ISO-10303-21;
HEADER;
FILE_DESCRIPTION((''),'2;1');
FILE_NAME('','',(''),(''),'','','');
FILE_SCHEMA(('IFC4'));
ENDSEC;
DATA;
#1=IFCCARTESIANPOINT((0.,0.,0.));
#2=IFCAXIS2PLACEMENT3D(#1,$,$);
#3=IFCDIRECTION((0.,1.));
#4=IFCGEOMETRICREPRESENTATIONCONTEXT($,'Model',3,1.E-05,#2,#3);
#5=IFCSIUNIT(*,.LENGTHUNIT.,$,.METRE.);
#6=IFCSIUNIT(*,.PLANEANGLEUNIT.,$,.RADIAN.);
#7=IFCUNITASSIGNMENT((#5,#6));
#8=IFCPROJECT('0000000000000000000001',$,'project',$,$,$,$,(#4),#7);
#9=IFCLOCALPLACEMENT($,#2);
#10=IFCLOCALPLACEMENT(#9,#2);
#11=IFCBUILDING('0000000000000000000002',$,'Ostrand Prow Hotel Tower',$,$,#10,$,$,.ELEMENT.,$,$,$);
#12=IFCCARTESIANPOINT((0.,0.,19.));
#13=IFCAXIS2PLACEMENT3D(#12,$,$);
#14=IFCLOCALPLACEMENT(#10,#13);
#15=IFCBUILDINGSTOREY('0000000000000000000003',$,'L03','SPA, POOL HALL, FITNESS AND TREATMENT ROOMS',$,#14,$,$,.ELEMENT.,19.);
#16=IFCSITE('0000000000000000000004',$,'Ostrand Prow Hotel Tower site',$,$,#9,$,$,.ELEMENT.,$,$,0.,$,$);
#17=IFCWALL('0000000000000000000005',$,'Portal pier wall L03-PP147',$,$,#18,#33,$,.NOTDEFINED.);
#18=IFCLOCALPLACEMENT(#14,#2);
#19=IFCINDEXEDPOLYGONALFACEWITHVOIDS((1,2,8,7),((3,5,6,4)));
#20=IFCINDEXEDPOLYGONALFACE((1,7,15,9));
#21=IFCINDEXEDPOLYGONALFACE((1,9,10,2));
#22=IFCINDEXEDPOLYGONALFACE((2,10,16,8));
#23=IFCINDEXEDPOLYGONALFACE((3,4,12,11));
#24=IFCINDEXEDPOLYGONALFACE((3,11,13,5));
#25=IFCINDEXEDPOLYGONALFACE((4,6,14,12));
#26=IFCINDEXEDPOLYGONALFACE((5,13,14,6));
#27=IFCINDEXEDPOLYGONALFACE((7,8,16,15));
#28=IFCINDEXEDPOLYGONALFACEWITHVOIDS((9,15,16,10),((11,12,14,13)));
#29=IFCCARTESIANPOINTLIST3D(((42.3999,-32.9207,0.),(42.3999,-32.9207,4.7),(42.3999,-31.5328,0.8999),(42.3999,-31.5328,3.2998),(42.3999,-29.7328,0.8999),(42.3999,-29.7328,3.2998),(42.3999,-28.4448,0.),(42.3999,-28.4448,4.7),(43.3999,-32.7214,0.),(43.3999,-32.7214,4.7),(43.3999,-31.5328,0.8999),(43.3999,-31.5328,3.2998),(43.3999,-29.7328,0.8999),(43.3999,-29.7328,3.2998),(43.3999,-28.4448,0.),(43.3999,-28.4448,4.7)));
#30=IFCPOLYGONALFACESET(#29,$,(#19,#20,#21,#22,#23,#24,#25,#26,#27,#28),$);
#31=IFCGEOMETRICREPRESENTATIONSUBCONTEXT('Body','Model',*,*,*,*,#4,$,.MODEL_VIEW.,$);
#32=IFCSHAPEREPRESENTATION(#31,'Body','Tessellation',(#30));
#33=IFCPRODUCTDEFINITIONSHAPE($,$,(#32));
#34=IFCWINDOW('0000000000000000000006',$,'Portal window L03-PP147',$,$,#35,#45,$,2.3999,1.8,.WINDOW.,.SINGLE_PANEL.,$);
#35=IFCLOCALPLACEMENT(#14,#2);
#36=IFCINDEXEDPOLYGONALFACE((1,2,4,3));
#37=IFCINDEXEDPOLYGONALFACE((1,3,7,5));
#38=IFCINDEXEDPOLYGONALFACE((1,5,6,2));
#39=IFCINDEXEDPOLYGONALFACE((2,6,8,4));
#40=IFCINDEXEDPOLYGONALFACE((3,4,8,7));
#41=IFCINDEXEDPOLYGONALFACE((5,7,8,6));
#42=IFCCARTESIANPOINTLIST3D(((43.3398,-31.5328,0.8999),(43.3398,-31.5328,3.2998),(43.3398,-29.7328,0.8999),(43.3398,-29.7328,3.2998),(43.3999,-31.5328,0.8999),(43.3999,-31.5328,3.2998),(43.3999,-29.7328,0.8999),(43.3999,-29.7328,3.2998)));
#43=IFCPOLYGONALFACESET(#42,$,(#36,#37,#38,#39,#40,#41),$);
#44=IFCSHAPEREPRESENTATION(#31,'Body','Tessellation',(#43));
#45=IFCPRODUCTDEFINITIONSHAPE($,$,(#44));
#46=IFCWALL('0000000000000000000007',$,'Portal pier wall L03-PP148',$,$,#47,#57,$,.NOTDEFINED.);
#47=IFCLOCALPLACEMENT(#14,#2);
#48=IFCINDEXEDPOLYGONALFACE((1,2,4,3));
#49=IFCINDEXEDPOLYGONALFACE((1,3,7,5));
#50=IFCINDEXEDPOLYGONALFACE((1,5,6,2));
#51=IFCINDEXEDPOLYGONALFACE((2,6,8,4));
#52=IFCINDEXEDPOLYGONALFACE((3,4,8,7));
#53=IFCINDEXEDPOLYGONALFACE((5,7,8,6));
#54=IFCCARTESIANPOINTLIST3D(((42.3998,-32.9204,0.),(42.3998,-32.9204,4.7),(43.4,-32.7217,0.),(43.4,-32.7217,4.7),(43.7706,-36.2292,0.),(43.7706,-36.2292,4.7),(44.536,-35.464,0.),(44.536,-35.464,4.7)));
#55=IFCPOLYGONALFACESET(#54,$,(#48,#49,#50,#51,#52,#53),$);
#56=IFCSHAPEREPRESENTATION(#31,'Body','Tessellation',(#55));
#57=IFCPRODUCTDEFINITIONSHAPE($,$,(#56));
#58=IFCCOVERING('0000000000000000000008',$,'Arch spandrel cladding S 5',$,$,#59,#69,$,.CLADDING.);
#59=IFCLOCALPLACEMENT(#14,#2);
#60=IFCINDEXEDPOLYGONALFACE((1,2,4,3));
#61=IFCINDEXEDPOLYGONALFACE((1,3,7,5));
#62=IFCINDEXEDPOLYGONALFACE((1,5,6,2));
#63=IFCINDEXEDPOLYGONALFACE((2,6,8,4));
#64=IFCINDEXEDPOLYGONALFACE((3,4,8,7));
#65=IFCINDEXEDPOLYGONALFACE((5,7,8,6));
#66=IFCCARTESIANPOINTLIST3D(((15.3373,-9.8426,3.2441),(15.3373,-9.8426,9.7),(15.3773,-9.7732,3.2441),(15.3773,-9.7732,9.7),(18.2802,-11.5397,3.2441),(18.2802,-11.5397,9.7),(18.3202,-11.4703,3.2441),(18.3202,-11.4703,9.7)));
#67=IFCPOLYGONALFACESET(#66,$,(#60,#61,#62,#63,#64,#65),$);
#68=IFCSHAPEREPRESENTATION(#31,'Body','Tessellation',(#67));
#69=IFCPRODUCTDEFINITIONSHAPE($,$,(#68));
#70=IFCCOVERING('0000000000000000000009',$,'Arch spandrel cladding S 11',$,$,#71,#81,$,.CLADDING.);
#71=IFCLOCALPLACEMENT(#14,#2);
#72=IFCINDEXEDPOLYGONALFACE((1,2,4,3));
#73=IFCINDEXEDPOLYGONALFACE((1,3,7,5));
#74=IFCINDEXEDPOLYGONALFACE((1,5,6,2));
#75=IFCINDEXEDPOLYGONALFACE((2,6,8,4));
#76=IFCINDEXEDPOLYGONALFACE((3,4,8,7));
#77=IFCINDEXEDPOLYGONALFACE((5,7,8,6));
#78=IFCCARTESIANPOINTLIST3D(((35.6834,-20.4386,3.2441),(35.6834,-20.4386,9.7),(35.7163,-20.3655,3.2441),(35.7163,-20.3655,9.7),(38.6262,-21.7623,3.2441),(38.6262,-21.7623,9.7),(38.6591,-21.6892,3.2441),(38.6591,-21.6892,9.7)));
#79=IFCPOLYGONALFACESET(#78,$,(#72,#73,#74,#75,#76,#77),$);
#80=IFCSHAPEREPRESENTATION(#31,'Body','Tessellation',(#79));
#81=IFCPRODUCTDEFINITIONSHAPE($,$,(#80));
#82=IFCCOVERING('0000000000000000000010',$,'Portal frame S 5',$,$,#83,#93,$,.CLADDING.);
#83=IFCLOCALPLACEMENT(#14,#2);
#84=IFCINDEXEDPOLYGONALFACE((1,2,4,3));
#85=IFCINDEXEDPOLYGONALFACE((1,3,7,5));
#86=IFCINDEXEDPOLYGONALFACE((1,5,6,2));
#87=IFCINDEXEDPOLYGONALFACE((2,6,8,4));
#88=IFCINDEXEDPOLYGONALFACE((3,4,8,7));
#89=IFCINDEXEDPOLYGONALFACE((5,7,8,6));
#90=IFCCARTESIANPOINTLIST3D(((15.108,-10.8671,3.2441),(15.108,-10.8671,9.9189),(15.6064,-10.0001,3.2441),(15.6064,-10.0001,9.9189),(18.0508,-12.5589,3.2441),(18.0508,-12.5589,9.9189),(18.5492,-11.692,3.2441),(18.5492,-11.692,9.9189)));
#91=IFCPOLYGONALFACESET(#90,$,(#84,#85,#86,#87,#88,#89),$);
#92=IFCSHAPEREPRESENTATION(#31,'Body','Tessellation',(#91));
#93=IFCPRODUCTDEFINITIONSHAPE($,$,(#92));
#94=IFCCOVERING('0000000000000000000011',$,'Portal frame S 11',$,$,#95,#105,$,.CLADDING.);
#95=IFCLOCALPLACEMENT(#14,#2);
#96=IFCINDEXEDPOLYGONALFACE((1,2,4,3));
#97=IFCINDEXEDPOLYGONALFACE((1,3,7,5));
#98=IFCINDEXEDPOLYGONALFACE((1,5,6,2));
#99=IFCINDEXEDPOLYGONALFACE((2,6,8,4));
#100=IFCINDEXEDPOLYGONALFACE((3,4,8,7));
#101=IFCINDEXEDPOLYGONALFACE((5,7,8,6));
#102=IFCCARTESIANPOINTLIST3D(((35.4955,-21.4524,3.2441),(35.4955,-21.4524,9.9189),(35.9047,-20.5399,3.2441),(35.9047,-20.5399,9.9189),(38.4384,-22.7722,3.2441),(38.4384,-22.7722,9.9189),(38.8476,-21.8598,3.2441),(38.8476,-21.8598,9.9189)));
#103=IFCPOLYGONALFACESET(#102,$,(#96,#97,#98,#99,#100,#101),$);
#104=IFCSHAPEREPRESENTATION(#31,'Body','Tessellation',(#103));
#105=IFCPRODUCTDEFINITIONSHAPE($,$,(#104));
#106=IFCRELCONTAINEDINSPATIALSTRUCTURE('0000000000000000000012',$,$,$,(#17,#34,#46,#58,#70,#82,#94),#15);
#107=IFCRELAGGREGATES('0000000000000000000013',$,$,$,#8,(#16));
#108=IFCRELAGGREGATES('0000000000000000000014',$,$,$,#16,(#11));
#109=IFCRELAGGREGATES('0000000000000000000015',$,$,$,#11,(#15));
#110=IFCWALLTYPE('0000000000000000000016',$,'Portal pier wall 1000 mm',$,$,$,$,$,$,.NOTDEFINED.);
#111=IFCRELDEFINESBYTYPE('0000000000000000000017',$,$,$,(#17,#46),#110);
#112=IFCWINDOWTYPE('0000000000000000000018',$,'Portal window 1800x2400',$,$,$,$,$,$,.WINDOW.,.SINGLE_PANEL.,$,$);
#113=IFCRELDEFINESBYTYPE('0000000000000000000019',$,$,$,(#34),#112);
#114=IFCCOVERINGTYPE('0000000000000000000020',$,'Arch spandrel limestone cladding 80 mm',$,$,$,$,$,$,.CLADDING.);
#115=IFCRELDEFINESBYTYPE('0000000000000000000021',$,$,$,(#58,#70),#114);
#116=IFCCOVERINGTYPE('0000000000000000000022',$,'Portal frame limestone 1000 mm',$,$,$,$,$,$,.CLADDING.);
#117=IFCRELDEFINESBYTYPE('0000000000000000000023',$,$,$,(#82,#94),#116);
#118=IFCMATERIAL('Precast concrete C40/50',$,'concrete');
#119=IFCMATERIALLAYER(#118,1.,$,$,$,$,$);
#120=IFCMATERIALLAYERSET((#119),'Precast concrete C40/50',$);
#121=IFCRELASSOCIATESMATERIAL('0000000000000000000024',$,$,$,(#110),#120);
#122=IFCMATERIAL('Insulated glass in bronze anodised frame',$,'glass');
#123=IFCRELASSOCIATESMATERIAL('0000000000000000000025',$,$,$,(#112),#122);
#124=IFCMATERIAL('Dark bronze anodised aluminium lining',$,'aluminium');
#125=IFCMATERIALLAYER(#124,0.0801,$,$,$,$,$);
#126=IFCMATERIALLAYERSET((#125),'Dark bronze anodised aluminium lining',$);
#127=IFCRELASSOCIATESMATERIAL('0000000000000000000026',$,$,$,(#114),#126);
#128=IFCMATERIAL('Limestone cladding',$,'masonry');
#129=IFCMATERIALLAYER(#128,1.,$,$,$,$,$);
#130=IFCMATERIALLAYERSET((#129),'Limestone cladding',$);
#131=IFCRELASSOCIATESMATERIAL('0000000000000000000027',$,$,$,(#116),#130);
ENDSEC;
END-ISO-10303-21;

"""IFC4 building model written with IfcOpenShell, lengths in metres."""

from ifc_helpers import new_model, si_unit, direction, frame, frame_2d, origin, place, context, subcontext, project, spatial, polyline, rectangle, outline, extrude, material, layer, layer_set, type_object, element, fill, save


model = new_model("IFC4")

# Units and contexts
model_context = context("Model", 3, precision=1e-05, world=origin(), true_north=direction((0.0, 1.0)))
body_context = subcontext(model_context, "Body", "Model", "MODEL_VIEW")
ifc_project = project(units=[si_unit("LENGTHUNIT", "METRE"), si_unit("PLANEANGLEUNIT", "RADIAN")], contexts=[model_context])

# Site, building, storey
site_placement = place(None, origin())
site = spatial("IfcSite", under=ifc_project, at=site_placement, Name="Ostrand Prow Hotel Tower site", CompositionType="ELEMENT", RefElevation=0.0)
building_placement = place(site_placement, origin())
building = spatial("IfcBuilding", under=site, at=building_placement, Name="Ostrand Prow Hotel Tower", CompositionType="ELEMENT")
storey_placement = place(building_placement, frame((0.0, 0.0, 19.0)))
storey = spatial("IfcBuildingStorey", under=building, at=storey_placement, Name="L03", Description="SPA, POOL HALL, FITNESS AND TREATMENT ROOMS", CompositionType="ELEMENT", Elevation=19.0)

# Shared definitions
ifc_material_1 = material(Name="Precast concrete C40/50", Category="concrete")
ifc_layer_1 = layer(ifc_material_1, 1.0)
ifc_layer_set_1 = layer_set([ifc_layer_1], Name="Precast concrete C40/50")
wall_type = type_object("IfcWallType", Name="Portal pier wall 1000 mm", PredefinedType="NOTDEFINED", material=ifc_layer_set_1)
ifc_material_2 = material(Name="Insulated glass in bronze anodised frame", Category="glass")
window_type = type_object("IfcWindowType", Name="Portal window 1800x2400", PartitioningType="SINGLE_PANEL", PredefinedType="WINDOW", material=ifc_material_2)

# Wall, opening, window
wall_1_placement = place(storey_placement, frame((42.8999, -28.4448, 0.0), z_axis=(0.0, 0.0, 1.0), x_axis=(0.0, -1.0, 0.0)))
wall_1 = element("IfcWall", 1, at=wall_1_placement, inside=storey, type_object=wall_type, Name="Portal pier wall L03-PP147", PredefinedType="NOTDEFINED", context=body_context, shape_type="SweptSolid", body=[
    extrude(outline(polyline([(0.0, -0.5), (4.4758, -0.5), (4.2766, 0.5), (0.0, 0.5), (0.0, -0.5)])), origin(), (0.0, 0.0, 1.0), 4.7),
])
opening_1_placement = place(wall_1_placement, frame((1.2881, 0.0, 0.8999)))
opening_1 = element("IfcOpeningElement", 2, at=opening_1_placement, cuts=wall_1, PredefinedType="OPENING", context=body_context, shape_type="SweptSolid", body=[
    extrude(rectangle(XDim=1.8, YDim=2.3999, at=frame_2d((0.8999, 1.2))), frame((0.0, 0.51, 0.0), z_axis=(0.0, -1.0, 0.0), x_axis=(1.0, 0.0, 0.0)), (0.0, 0.0, 1.0), 1.02),
])
window_1_placement = place(opening_1_placement, origin())
window_1 = element("IfcWindow", 3, at=window_1_placement, inside=storey, type_object=window_type, Name="Portal window L03-PP147", OverallHeight=2.3999, OverallWidth=1.8, PartitioningType="SINGLE_PANEL", PredefinedType="WINDOW", context=body_context, shape_type="SweptSolid", body=[
    extrude(rectangle(XDim=1.8, YDim=2.3999, at=frame_2d((0.8999, 1.2))), frame((0.0, 0.5, 0.0), z_axis=(0.0, -1.0, 0.0), x_axis=(1.0, 0.0, 0.0)), (0.0, 0.0, 1.0), 0.0601),
])
fill(opening_1, window_1)

# Wall
wall_2_placement = place(storey_placement, frame((42.8999, -32.821, 0.0), z_axis=(0.0, 0.0, 1.0), x_axis=(0.382725, -0.923862, 0.0)))
element("IfcWall", 4, at=wall_2_placement, inside=storey, type_object=wall_type, Name="Portal pier wall L03-PP148", PredefinedType="NOTDEFINED", context=body_context, shape_type="SweptSolid", body=[
    extrude(outline(polyline([(-0.0996, -0.5), (3.4819, -0.5), (3.0679, 0.5), (0.0996, 0.5), (-0.0996, -0.5)])), origin(), (0.0, 0.0, 1.0), 4.7),
])

# Coverings
ifc_material_3 = material(Name="Dark bronze anodised aluminium lining", Category="aluminium")
ifc_layer_2 = layer(ifc_material_3, 0.0801)
ifc_layer_set_2 = layer_set([ifc_layer_2], Name="Dark bronze anodised aluminium lining")
covering_type_1 = type_object("IfcCoveringType", Name="Arch spandrel limestone cladding 80 mm", PredefinedType="CLADDING", material=ifc_layer_set_2)
covering_1_placement = place(storey_placement, frame((15.3572, -9.8079, 3.2441), z_axis=(0.0, 0.0, 1.0), x_axis=(0.866286, -0.499548, 0.0)))
element("IfcCovering", 5, at=covering_1_placement, inside=storey, type_object=covering_type_1, Name="Arch spandrel cladding S 5", PredefinedType="CLADDING", context=body_context, shape_type="SweptSolid", body=[
    extrude(rectangle(XDim=3.3972, YDim=0.0801, at=frame_2d((1.6987, 0.0))), origin(), (0.0, 0.0, 1.0), 6.4558),
])
covering_2_placement = place(storey_placement, frame((35.7, -20.4021, 3.2441), z_axis=(0.0, 0.0, 1.0), x_axis=(0.911987, -0.41022, 0.0)))
element("IfcCovering", 6, at=covering_2_placement, inside=storey, type_object=covering_type_1, Name="Arch spandrel cladding S 11", PredefinedType="CLADDING", context=body_context, shape_type="SweptSolid", body=[
    extrude(rectangle(XDim=3.2268, YDim=0.0801, at=frame_2d((1.6133, 0.0))), origin(), (0.0, 0.0, 1.0), 6.4558),
])
ifc_material_4 = material(Name="Limestone cladding", Category="masonry")
ifc_layer_3 = layer(ifc_material_4, 1.0)
ifc_layer_set_3 = layer_set([ifc_layer_3], Name="Limestone cladding")
covering_type_2 = type_object("IfcCoveringType", Name="Portal frame limestone 1000 mm", PredefinedType="CLADDING", material=ifc_layer_set_3)
covering_3_placement = place(storey_placement, frame((15.3572, -10.4336, 3.2441), z_axis=(0.0, 0.0, 1.0), x_axis=(0.866939, -0.498414, 0.0)))
element("IfcCovering", 7, at=covering_3_placement, inside=storey, type_object=covering_type_2, Name="Portal frame S 5", PredefinedType="CLADDING", context=body_context, shape_type="SweptSolid", body=[
    extrude(rectangle(XDim=3.3945, YDim=1.0, at=frame_2d((1.6973, 0.0))), origin(), (0.0, 0.0, 1.0), 6.6748),
])
covering_4_placement = place(storey_placement, frame((35.7, -20.9961, 3.2441), z_axis=(0.0, 0.0, 1.0), x_axis=(0.912439, -0.409212, 0.0)))
element("IfcCovering", 8, at=covering_4_placement, inside=storey, type_object=covering_type_2, Name="Portal frame S 11", PredefinedType="CLADDING", context=body_context, shape_type="SweptSolid", body=[
    extrude(rectangle(XDim=3.2253, YDim=1.0, at=frame_2d((1.6128, 0.0))), origin(), (0.0, 0.0, 1.0), 6.6748),
])

save(model, "model.ifc")
